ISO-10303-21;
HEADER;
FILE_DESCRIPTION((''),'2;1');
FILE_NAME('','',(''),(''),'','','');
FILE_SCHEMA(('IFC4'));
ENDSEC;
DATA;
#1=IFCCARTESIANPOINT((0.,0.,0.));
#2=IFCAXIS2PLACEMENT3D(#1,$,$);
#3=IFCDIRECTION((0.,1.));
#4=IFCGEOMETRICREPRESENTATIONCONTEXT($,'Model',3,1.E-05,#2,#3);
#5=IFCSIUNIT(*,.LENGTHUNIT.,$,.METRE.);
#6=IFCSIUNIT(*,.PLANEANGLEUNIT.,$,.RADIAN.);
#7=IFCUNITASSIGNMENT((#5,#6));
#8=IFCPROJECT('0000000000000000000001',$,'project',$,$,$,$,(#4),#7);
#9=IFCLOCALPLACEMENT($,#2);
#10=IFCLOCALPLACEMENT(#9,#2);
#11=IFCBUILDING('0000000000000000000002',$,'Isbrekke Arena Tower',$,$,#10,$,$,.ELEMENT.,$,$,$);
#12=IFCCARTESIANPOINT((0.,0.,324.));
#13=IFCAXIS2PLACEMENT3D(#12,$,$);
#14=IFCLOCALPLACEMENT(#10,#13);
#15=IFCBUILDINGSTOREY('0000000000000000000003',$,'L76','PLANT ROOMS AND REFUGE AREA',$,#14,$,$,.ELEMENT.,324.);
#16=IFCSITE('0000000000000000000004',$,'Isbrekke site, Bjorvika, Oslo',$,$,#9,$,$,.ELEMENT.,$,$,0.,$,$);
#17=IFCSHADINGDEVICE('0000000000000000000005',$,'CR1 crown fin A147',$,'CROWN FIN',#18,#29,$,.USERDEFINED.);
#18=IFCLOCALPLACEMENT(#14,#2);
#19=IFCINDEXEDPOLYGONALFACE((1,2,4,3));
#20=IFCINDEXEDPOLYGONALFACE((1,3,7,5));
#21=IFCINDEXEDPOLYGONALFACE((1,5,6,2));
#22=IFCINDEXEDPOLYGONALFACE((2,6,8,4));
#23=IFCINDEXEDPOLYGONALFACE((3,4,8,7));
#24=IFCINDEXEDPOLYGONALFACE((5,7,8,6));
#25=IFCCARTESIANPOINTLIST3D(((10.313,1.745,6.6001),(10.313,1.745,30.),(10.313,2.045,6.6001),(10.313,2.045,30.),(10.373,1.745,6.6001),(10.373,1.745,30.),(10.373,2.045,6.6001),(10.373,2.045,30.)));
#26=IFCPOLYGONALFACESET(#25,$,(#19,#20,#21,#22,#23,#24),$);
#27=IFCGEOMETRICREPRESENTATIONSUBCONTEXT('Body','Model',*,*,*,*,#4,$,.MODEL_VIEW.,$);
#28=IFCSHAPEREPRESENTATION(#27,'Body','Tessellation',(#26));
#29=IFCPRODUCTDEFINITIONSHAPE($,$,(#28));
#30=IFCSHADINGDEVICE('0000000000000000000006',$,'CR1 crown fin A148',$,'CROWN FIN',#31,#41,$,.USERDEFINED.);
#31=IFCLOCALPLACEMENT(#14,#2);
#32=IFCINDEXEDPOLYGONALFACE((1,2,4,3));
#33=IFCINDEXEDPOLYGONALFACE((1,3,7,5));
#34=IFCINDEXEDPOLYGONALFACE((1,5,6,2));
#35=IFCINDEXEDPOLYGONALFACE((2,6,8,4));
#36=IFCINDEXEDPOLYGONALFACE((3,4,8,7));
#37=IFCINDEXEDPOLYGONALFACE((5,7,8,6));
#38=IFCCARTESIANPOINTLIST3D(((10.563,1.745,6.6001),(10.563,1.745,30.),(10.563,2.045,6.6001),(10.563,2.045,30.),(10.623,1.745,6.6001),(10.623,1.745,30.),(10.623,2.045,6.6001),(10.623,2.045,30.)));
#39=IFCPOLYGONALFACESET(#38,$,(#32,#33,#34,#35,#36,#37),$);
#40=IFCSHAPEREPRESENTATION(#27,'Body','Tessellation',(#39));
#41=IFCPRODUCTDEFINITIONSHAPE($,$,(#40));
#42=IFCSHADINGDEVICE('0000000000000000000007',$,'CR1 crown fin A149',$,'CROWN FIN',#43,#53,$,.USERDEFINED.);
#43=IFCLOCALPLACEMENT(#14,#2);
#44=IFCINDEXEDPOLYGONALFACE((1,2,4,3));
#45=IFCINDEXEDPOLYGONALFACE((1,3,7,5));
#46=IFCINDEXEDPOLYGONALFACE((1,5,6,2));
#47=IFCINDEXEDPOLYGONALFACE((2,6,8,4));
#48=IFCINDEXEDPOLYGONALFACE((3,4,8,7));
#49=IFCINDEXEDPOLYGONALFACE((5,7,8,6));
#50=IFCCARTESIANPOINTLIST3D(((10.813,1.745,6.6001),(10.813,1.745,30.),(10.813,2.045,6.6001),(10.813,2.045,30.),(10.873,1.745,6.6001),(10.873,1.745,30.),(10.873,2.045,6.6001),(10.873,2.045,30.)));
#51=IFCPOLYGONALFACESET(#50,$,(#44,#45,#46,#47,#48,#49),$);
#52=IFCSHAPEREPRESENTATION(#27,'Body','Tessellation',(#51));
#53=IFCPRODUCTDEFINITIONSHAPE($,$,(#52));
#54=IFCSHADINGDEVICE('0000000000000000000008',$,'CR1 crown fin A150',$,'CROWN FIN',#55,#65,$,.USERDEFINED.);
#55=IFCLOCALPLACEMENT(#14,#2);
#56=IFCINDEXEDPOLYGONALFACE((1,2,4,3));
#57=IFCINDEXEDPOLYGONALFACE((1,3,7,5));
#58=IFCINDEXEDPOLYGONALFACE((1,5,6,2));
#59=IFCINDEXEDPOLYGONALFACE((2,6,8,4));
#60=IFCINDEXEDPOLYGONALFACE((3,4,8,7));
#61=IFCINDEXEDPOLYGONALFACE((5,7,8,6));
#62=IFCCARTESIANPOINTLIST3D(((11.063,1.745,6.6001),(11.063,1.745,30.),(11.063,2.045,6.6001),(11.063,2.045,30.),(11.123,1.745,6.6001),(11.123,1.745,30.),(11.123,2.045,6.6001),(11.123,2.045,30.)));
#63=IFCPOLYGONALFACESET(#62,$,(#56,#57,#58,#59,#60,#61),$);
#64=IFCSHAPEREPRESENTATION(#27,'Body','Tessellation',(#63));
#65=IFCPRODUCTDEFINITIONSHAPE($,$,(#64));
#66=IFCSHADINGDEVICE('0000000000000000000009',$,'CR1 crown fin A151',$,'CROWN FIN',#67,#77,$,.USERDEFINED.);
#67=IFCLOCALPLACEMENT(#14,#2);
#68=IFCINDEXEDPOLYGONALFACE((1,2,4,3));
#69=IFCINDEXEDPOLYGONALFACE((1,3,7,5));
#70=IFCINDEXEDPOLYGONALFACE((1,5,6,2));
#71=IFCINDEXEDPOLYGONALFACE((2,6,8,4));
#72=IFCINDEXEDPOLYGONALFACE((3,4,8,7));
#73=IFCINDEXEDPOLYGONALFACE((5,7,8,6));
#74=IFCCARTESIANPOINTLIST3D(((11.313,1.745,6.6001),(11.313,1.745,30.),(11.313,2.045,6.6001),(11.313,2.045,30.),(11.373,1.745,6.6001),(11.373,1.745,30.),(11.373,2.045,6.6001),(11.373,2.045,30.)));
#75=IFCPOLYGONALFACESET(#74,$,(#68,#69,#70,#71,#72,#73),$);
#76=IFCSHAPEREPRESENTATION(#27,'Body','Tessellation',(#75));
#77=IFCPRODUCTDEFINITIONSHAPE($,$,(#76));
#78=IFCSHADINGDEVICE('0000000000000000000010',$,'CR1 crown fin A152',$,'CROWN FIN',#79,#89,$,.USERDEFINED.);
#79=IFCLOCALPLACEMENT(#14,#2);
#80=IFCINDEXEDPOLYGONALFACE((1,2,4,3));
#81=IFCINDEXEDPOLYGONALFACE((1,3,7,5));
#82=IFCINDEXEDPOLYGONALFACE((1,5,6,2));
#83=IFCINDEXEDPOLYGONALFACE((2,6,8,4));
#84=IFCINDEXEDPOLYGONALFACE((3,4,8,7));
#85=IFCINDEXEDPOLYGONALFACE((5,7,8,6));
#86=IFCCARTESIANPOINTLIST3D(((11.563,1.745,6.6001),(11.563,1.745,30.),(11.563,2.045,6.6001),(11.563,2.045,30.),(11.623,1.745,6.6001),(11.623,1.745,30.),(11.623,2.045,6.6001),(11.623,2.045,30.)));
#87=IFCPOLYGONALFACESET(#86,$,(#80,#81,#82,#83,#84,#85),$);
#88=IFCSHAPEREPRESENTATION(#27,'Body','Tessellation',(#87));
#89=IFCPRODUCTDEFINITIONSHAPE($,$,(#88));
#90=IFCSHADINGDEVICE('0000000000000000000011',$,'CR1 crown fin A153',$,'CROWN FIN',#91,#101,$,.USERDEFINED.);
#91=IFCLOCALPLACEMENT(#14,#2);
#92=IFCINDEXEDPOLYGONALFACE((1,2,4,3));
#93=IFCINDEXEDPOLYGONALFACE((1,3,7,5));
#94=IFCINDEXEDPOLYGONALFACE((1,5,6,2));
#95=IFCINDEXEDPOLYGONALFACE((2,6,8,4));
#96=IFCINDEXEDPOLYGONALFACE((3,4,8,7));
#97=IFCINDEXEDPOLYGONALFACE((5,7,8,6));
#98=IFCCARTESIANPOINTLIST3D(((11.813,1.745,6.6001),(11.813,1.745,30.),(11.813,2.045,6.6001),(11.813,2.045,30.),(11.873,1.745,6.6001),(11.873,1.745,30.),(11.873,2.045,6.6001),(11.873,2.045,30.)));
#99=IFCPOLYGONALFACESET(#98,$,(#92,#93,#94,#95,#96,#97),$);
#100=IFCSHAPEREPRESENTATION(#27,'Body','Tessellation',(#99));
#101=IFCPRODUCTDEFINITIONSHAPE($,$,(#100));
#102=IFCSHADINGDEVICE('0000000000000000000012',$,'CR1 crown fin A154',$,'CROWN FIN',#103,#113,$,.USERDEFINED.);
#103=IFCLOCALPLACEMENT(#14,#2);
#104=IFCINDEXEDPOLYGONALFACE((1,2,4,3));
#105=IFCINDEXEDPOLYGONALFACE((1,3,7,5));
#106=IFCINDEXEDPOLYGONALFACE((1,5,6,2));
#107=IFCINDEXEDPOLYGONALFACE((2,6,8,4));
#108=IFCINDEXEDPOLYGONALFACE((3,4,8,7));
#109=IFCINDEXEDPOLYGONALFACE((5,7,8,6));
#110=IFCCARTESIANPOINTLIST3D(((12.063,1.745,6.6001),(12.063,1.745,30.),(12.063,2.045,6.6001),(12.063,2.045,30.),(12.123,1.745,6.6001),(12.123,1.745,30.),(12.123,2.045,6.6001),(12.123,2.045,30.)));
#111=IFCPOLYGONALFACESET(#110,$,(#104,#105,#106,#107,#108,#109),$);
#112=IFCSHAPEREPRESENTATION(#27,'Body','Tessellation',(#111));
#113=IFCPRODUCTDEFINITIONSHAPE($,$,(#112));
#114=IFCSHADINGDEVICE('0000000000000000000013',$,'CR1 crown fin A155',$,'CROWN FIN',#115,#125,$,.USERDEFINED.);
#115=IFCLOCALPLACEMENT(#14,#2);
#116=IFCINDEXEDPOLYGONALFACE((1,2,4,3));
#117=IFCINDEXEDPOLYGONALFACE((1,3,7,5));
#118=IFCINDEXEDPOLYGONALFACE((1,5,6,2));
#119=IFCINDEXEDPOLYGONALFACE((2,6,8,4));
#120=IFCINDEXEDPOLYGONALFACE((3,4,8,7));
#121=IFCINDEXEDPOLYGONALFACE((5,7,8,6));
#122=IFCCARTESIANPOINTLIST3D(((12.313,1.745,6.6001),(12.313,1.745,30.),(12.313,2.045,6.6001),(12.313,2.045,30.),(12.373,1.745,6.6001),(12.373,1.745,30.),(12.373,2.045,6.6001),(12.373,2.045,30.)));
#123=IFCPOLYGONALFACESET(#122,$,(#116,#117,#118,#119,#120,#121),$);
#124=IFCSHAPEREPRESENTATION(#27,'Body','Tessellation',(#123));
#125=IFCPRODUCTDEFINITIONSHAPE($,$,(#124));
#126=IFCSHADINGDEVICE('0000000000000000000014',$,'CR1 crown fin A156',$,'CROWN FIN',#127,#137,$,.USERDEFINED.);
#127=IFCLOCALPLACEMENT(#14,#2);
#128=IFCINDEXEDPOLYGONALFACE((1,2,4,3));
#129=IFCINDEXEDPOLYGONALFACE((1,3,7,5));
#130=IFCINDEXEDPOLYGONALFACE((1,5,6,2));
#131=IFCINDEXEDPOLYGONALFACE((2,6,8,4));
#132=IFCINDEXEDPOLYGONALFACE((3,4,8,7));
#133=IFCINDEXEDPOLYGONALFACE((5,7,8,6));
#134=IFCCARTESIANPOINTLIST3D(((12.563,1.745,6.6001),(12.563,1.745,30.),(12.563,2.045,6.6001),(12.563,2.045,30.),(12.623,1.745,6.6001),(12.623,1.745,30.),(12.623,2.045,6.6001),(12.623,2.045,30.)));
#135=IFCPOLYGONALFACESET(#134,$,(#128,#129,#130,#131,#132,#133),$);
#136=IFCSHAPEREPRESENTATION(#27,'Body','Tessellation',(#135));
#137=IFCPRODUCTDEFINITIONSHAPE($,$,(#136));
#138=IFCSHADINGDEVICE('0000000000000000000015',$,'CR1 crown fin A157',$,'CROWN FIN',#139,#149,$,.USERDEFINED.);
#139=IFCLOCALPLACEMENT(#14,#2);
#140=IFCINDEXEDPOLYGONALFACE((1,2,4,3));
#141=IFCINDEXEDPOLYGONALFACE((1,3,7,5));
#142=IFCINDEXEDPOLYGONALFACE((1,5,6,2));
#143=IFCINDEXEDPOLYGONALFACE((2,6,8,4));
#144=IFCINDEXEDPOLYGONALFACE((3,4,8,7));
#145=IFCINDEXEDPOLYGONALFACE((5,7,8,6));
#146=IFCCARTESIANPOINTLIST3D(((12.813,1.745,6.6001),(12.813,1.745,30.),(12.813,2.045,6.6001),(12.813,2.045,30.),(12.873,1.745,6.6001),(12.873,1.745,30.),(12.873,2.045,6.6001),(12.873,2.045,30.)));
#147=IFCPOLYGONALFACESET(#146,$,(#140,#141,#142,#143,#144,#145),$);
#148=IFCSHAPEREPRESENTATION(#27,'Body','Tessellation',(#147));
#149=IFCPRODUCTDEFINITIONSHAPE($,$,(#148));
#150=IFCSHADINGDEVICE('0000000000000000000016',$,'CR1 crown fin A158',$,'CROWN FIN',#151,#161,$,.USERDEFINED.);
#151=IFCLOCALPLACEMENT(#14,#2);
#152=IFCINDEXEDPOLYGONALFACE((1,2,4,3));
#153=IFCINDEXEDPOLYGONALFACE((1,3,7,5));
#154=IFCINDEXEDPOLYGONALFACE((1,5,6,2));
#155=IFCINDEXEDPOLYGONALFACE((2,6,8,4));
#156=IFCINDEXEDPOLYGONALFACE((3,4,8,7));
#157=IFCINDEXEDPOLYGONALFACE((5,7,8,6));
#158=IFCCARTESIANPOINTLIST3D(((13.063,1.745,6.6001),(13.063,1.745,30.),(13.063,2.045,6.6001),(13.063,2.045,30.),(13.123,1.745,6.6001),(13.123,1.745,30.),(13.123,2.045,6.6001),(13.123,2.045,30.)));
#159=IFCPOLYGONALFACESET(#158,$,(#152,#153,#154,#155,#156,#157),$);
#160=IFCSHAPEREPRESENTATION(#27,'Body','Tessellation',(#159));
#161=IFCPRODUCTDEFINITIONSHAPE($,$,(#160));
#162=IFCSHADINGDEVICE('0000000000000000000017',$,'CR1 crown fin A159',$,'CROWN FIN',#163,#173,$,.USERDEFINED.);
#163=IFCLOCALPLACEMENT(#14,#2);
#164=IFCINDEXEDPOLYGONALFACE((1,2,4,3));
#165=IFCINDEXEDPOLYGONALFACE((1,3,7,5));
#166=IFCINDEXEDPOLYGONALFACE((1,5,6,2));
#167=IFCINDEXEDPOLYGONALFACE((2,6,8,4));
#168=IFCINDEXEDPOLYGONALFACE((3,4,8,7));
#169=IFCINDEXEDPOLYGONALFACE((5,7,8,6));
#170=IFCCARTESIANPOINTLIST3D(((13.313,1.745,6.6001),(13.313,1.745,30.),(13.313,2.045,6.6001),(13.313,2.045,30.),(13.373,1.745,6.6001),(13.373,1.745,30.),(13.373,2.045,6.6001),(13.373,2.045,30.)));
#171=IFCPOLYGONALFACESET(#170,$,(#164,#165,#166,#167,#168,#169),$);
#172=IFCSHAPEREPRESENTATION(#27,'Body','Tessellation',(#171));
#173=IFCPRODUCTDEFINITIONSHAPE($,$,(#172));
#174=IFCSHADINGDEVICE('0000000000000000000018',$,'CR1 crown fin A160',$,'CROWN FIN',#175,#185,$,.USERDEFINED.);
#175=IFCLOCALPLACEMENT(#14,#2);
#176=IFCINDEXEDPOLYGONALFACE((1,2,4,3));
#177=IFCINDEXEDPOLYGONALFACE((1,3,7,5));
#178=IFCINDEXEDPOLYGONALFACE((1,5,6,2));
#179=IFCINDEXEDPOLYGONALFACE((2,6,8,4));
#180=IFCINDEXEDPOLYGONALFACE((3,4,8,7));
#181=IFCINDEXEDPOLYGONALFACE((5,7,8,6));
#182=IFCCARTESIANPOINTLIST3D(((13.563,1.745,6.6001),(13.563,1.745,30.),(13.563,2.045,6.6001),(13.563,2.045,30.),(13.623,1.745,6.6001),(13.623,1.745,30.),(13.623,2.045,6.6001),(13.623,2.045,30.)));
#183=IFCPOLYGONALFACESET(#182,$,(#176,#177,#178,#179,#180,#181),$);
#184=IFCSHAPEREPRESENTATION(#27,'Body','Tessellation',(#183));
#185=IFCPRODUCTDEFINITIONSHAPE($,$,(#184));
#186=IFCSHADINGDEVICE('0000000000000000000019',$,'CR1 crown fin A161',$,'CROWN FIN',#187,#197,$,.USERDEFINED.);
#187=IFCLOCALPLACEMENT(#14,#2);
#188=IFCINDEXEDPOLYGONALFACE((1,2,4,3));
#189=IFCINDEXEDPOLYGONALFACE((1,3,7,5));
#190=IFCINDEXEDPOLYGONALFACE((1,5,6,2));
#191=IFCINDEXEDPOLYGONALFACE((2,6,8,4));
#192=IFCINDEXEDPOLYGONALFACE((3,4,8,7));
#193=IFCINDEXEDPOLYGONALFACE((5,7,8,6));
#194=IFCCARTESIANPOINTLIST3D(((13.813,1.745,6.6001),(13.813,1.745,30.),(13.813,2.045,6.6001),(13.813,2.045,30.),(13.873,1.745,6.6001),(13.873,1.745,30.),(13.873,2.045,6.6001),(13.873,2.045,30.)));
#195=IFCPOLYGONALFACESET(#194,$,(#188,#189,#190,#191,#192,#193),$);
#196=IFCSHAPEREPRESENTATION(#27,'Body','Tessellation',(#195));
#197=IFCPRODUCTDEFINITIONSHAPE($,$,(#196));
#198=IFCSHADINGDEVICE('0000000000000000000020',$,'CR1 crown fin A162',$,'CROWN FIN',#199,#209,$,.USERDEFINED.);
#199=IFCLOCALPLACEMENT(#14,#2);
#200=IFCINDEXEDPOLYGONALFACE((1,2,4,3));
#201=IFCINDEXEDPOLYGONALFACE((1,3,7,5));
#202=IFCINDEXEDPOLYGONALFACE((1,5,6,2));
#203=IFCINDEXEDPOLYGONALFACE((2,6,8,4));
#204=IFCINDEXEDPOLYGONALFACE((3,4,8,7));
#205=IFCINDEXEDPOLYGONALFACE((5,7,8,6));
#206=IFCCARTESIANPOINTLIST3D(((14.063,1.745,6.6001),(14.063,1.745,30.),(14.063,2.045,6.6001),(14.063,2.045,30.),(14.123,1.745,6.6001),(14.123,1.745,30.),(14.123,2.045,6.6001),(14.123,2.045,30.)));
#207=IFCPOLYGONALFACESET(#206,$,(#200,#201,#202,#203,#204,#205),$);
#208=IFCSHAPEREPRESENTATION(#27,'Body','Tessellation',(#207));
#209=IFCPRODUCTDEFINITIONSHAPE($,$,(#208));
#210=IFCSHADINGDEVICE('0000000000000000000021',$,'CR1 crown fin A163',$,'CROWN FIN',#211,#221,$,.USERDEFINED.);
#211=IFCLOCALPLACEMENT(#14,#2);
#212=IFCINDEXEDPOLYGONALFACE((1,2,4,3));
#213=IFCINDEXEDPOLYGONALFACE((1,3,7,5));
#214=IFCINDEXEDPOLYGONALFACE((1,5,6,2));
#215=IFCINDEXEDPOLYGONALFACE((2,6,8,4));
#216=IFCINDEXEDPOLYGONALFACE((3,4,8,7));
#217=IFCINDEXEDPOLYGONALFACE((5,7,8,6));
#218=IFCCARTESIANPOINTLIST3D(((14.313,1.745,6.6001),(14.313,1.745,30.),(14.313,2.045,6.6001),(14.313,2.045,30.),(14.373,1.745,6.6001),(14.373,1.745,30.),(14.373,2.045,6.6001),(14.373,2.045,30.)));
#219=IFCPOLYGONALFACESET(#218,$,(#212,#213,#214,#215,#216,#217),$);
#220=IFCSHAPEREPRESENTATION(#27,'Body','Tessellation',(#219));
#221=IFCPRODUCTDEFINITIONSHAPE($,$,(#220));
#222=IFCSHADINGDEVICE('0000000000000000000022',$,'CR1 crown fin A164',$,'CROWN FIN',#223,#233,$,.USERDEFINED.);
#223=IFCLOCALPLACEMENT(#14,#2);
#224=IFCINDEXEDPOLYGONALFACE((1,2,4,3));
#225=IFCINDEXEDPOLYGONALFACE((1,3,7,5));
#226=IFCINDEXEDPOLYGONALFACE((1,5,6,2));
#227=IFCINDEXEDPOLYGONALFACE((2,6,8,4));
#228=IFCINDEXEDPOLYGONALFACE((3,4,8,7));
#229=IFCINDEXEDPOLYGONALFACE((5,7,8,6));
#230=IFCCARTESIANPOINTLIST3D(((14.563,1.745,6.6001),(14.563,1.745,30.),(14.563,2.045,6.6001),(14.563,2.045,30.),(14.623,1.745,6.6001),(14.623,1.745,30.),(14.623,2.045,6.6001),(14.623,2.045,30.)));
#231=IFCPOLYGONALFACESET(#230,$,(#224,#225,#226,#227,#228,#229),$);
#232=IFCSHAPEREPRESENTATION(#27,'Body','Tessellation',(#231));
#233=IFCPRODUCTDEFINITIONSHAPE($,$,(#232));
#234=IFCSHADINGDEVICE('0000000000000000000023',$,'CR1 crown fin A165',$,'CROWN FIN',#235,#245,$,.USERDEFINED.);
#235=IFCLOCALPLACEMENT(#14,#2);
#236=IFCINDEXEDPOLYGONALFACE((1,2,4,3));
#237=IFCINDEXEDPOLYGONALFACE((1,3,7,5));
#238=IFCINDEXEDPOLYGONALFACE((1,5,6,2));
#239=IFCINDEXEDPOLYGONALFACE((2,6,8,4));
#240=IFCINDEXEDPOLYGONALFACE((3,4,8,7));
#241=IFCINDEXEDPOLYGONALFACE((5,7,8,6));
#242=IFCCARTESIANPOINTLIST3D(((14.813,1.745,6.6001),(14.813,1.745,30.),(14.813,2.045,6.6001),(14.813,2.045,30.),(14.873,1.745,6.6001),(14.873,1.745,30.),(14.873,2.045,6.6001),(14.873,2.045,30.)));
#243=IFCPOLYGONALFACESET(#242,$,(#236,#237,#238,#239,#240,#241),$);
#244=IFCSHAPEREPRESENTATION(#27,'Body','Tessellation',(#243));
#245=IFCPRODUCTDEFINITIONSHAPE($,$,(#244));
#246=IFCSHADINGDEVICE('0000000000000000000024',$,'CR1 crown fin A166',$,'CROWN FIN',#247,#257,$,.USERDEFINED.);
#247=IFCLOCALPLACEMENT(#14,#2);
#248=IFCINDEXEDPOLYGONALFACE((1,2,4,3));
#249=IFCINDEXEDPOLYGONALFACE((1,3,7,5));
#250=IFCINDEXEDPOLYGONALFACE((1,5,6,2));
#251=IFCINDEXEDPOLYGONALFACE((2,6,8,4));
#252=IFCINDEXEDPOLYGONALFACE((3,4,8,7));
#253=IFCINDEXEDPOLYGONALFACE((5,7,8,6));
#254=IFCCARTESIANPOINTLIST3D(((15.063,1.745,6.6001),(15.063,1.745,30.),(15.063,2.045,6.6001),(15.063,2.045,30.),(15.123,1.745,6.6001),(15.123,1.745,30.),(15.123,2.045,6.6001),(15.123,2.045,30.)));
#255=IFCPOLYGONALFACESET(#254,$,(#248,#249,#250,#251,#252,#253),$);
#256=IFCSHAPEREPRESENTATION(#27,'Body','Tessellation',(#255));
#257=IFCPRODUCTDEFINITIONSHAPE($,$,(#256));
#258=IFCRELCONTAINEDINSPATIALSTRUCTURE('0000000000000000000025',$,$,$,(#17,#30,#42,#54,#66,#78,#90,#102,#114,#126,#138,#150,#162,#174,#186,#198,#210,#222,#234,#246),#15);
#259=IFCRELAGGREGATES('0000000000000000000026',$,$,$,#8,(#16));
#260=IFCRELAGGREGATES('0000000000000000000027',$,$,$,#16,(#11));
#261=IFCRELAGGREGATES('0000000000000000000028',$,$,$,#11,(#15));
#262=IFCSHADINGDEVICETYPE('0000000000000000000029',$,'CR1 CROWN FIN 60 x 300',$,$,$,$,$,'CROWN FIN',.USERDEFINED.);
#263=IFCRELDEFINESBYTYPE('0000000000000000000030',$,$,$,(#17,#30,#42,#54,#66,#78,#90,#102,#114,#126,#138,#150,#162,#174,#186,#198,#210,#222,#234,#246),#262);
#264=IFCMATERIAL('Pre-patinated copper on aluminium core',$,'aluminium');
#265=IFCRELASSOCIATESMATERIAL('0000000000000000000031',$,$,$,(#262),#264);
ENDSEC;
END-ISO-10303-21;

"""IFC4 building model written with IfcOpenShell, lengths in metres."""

from ifc_helpers import new_model, si_unit, direction, frame, origin, origin_2d, place, context, subcontext, project, spatial, rectangle, extrude, material, material_profile, profile_set, type_object, element, save


model = new_model("IFC4")

# Units and contexts
model_context = context("Model", 3, precision=1e-05, world=origin(), true_north=direction((0.0, 1.0)))
body_context = subcontext(model_context, "Body", "Model", "MODEL_VIEW")
ifc_project = project(units=[si_unit("LENGTHUNIT", "METRE"), si_unit("PLANEANGLEUNIT", "RADIAN")], contexts=[model_context])

# Site, building, storey
site_placement = place(None, origin())
site = spatial("IfcSite", under=ifc_project, at=site_placement, Name="Isbrekke site, Bjorvika, Oslo", CompositionType="ELEMENT", RefElevation=0.0)
building_placement = place(site_placement, origin())
building = spatial("IfcBuilding", under=site, at=building_placement, Name="Isbrekke Arena Tower", CompositionType="ELEMENT")
storey_placement = place(building_placement, frame((0.0, 0.0, 324.0)))
storey = spatial("IfcBuildingStorey", under=building, at=storey_placement, Name="L76", Description="PLANT ROOMS AND REFUGE AREA", CompositionType="ELEMENT", Elevation=324.0)

# Shading devices
ifc_material_1 = material(Name="Pre-patinated copper on aluminium core", Category="aluminium")
ifc_material_profile_1 = material_profile(ifc_material_1, rectangle(XDim=0.0601, YDim=0.3, at=origin_2d()), Name="FIN 60X300")
ifc_profile_set_1 = profile_set([ifc_material_profile_1], Name="Pre-patinated copper on aluminium core")
shading_device_type = type_object("IfcShadingDeviceType", Name="CR1 CROWN FIN 60 x 300", ElementType="CROWN FIN", PredefinedType="USERDEFINED", material=ifc_profile_set_1)
for number, where, z_axis, x_axis, name in (
    (1, (10.343, 1.895, 6.6001), (0.0, 0.0, 1.0), (1.0, 0.0, 0.0), "CR1 crown fin A147"),
    (2, (10.593, 1.895, 6.6001), (0.0, 0.0, 1.0), (1.0, 0.0, 0.0), "CR1 crown fin A148"),
    (3, (10.843, 1.895, 6.6001), (0.0, 0.0, 1.0), (1.0, 0.0, 0.0), "CR1 crown fin A149"),
    (4, (11.093, 1.895, 6.6001), (0.0, 0.0, 1.0), (1.0, 0.0, 0.0), "CR1 crown fin A150"),
    (5, (11.343, 1.895, 6.6001), (0.0, 0.0, 1.0), (1.0, 0.0, 0.0), "CR1 crown fin A151"),
    (6, (11.593, 1.895, 6.6001), (0.0, 0.0, 1.0), (1.0, 0.0, 0.0), "CR1 crown fin A152"),
    (7, (11.843, 1.895, 6.6001), (0.0, 0.0, 1.0), (1.0, 0.0, 0.0), "CR1 crown fin A153"),
    (8, (12.093, 1.895, 6.6001), (0.0, 0.0, 1.0), (1.0, 0.0, 0.0), "CR1 crown fin A154"),
    (9, (12.343, 1.895, 6.6001), (0.0, 0.0, 1.0), (1.0, 0.0, 0.0), "CR1 crown fin A155"),
    (10, (12.593, 1.895, 6.6001), (0.0, 0.0, 1.0), (1.0, 0.0, 0.0), "CR1 crown fin A156"),
    (11, (12.843, 1.895, 6.6001), (0.0, 0.0, 1.0), (1.0, 0.0, 0.0), "CR1 crown fin A157"),
    (12, (13.093, 1.895, 6.6001), (0.0, 0.0, 1.0), (1.0, 0.0, 0.0), "CR1 crown fin A158"),
    (13, (13.343, 1.895, 6.6001), (0.0, 0.0, 1.0), (1.0, 0.0, 0.0), "CR1 crown fin A159"),
    (14, (13.593, 1.895, 6.6001), (0.0, 0.0, 1.0), (1.0, 0.0, 0.0), "CR1 crown fin A160"),
    (15, (13.843, 1.895, 6.6001), (0.0, 0.0, 1.0), (1.0, 0.0, 0.0), "CR1 crown fin A161"),
    (16, (14.093, 1.895, 6.6001), (0.0, 0.0, 1.0), (1.0, 0.0, 0.0), "CR1 crown fin A162"),
    (17, (14.343, 1.895, 6.6001), (0.0, 0.0, 1.0), (1.0, 0.0, 0.0), "CR1 crown fin A163"),
    (18, (14.593, 1.895, 6.6001), (0.0, 0.0, 1.0), (1.0, 0.0, 0.0), "CR1 crown fin A164"),
    (19, (14.843, 1.895, 6.6001), (0.0, 0.0, 1.0), (1.0, 0.0, 0.0), "CR1 crown fin A165"),
    (20, (15.093, 1.895, 6.6001), (0.0, 0.0, 1.0), (1.0, 0.0, 0.0), "CR1 crown fin A166"),
):
    element("IfcShadingDevice", number, at=place(storey_placement, frame(where, z_axis=z_axis, x_axis=x_axis)), inside=storey, type_object=shading_device_type, Name=name, ObjectType="CROWN FIN", PredefinedType="USERDEFINED", context=body_context, shape_type="SweptSolid", body=[
        extrude(rectangle(XDim=0.0601, YDim=0.3, at=origin_2d()), origin(), (0.0, 0.0, 1.0), 23.3999),
    ])

save(model, "model.ifc")
